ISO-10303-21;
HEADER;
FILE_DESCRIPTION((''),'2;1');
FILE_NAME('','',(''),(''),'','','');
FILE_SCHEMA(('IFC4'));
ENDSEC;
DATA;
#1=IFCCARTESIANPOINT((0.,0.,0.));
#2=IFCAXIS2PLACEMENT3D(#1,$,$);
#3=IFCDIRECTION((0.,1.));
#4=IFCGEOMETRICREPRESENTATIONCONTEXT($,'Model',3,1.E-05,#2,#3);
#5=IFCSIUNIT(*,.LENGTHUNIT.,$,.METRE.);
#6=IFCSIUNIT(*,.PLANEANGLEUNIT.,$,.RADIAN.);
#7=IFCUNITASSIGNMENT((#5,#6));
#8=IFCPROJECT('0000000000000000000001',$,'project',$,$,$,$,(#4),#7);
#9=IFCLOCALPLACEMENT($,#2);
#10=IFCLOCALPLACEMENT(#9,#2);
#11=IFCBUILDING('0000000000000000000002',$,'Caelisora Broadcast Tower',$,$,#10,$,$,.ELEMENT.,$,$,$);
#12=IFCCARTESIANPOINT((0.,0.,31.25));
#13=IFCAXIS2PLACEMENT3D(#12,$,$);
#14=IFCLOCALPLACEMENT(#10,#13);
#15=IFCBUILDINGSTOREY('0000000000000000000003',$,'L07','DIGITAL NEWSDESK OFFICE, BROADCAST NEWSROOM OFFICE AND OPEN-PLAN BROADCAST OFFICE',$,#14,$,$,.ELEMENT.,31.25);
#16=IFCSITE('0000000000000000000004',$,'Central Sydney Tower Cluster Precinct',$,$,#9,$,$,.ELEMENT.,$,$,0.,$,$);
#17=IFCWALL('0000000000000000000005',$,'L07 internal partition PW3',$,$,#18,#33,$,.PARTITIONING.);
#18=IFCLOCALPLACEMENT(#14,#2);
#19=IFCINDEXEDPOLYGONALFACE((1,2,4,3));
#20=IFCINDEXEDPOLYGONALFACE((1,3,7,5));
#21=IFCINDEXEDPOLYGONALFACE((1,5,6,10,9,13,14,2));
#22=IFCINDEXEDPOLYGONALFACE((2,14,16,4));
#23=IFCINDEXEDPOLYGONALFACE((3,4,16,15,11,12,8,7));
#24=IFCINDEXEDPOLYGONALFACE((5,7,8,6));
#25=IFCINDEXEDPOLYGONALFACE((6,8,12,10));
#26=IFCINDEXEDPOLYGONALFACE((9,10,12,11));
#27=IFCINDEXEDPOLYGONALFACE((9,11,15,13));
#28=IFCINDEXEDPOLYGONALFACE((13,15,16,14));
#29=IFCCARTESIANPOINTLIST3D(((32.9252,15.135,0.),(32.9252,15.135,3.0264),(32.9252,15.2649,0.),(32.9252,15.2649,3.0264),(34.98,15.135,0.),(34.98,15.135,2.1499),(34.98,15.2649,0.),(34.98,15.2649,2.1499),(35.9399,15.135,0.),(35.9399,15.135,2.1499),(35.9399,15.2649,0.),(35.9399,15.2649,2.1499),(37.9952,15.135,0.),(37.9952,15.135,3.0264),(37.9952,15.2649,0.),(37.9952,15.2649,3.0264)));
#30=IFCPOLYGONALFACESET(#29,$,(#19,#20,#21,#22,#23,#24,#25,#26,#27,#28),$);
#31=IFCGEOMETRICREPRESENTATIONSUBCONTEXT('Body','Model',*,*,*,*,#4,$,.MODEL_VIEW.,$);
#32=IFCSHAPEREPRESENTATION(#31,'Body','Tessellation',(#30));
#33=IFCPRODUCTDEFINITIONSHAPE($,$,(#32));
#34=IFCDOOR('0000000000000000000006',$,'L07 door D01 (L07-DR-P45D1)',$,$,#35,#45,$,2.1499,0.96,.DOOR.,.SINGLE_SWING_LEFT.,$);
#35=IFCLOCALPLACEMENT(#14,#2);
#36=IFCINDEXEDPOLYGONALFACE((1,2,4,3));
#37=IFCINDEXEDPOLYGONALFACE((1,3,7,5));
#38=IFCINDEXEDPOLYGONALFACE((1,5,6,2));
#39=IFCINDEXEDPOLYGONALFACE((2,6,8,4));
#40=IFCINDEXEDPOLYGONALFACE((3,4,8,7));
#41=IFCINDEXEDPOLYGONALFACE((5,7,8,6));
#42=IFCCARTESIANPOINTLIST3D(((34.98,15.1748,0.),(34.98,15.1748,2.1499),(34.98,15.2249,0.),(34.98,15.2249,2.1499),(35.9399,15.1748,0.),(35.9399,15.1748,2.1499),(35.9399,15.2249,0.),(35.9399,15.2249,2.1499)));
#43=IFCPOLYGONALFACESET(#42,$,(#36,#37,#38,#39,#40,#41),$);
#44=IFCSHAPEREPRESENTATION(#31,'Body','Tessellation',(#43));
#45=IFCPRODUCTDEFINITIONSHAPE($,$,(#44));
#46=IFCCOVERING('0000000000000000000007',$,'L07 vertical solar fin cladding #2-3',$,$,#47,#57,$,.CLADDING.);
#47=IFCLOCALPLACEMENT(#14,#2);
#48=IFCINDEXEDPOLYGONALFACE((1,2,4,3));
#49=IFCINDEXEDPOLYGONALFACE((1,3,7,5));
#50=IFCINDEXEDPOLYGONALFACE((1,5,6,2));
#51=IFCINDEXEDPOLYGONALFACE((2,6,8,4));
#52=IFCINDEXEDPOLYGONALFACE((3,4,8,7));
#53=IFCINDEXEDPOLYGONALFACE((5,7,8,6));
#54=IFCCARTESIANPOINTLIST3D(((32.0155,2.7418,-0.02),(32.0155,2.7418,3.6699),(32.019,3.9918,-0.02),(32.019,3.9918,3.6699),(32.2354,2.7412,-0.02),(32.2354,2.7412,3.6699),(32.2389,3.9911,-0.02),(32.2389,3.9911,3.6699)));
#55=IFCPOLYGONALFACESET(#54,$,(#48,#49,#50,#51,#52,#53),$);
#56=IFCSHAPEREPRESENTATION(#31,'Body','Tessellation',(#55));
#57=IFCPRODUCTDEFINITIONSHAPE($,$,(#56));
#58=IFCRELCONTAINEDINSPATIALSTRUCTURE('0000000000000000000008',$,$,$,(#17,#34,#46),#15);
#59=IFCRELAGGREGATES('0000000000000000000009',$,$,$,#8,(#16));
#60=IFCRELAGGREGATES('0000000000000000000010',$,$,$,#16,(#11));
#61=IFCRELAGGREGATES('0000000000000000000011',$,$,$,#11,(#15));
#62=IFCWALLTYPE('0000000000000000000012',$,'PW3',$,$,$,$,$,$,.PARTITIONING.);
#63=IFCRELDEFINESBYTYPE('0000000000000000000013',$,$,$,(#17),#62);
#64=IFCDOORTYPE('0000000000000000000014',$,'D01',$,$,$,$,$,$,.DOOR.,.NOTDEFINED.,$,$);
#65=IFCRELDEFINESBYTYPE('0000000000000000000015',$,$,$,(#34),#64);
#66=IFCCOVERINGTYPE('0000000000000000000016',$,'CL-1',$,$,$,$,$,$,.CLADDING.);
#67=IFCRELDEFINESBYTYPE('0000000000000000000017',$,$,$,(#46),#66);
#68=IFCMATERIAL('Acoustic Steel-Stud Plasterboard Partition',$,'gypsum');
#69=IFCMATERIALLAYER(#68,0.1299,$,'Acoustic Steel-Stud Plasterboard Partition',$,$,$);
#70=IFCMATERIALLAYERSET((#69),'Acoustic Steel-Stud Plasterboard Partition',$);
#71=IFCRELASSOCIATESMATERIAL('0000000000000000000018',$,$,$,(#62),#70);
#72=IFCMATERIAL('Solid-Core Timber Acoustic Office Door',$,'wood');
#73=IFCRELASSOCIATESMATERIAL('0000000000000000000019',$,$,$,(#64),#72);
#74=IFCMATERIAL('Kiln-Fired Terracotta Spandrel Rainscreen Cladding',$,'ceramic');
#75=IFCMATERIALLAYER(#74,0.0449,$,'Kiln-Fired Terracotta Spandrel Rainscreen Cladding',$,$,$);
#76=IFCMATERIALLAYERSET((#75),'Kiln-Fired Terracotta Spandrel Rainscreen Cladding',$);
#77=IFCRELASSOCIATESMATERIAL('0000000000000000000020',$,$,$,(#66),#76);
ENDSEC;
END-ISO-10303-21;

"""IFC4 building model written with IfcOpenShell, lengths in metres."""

from ifc_helpers import new_model, si_unit, direction, frame, frame_2d, origin, origin_2d, place, context, subcontext, project, spatial, rectangle, extrude, source, transform, mapped, material, layer, layer_set, type_object, type_shapes, element, fill, save


model = new_model("IFC4")

# Units and contexts
model_context = context("Model", 3, precision=1e-05, world=origin(), true_north=direction((0.0, 1.0)))
body_context = subcontext(model_context, "Body", "Model", "MODEL_VIEW")
ifc_project = project(units=[si_unit("LENGTHUNIT", "METRE"), si_unit("PLANEANGLEUNIT", "RADIAN")], contexts=[model_context])

# Site, building, storey
site_placement = place(None, origin())
site = spatial("IfcSite", under=ifc_project, at=site_placement, Name="Central Sydney Tower Cluster Precinct", CompositionType="ELEMENT", RefElevation=0.0)
building_placement = place(site_placement, origin())
building = spatial("IfcBuilding", under=site, at=building_placement, Name="Caelisora Broadcast Tower", CompositionType="ELEMENT")
storey_placement = place(building_placement, frame((0.0, 0.0, 31.25)))
storey = spatial("IfcBuildingStorey", under=building, at=storey_placement, Name="L07", Description="DIGITAL NEWSDESK OFFICE, BROADCAST NEWSROOM OFFICE AND OPEN-PLAN BROADCAST OFFICE", CompositionType="ELEMENT", Elevation=31.25)

# Wall, opening, door
ifc_material_1 = material(Name="Acoustic Steel-Stud Plasterboard Partition", Category="gypsum")
ifc_layer_1 = layer(ifc_material_1, 0.1299, Name="Acoustic Steel-Stud Plasterboard Partition")
ifc_layer_set_1 = layer_set([ifc_layer_1], Name="Acoustic Steel-Stud Plasterboard Partition")
wall_type = type_object("IfcWallType", Name="PW3", PredefinedType="PARTITIONING", material=ifc_layer_set_1)
wall_placement = place(storey_placement, frame((32.925, 15.2, 0.0), z_axis=(0.0, 0.0, 1.0), x_axis=(1.0, 0.0, 0.0)))
wall = element("IfcWall", 1, at=wall_placement, inside=storey, type_object=wall_type, Name="L07 internal partition PW3", PredefinedType="PARTITIONING", context=body_context, shape_type="SweptSolid", body=[
    extrude(rectangle(XDim=5.0701, YDim=0.1299, at=frame_2d((2.5352, 0.0))), origin(), (0.0, 0.0, 1.0), 3.0264),
])
opening_placement = place(wall_placement, frame((2.0549, 0.0, 0.0)))
opening = element("IfcOpeningElement", 2, at=opening_placement, cuts=wall, PredefinedType="OPENING", context=body_context, shape_type="SweptSolid", body=[
    extrude(rectangle(XDim=0.96, YDim=2.1499, at=frame_2d((0.48, 1.075))), frame((0.0, 0.0769, 0.0), z_axis=(0.0, -1.0, 0.0), x_axis=(1.0, 0.0, 0.0)), (0.0, 0.0, 1.0), 0.1538),
])
ifc_material_2 = material(Name="Solid-Core Timber Acoustic Office Door", Category="wood")
door_type = type_object("IfcDoorType", Name="D01", OperationType="NOTDEFINED", PredefinedType="DOOR", material=ifc_material_2)
door_placement = place(opening_placement, origin())
door = element("IfcDoor", 3, at=door_placement, inside=storey, type_object=door_type, Name="L07 door D01 (L07-DR-P45D1)", OperationType="SINGLE_SWING_LEFT", OverallHeight=2.1499, OverallWidth=0.96, PredefinedType="DOOR", context=body_context, shape_type="SweptSolid", body=[
    extrude(rectangle(XDim=0.96, YDim=2.1499, at=frame_2d((0.48, 1.075))), frame((0.0, 0.0249, 0.0), z_axis=(0.0, -1.0, 0.0), x_axis=(1.0, 0.0, 0.0)), (0.0, 0.0, 1.0), 0.05),
])
fill(opening, door)

# Covering
ifc_material_3 = material(Name="Kiln-Fired Terracotta Spandrel Rainscreen Cladding", Category="ceramic")
ifc_layer_2 = layer(ifc_material_3, 0.0449, Name="Kiln-Fired Terracotta Spandrel Rainscreen Cladding")
ifc_layer_set_2 = layer_set([ifc_layer_2], Name="Kiln-Fired Terracotta Spandrel Rainscreen Cladding")
covering_type = type_object("IfcCoveringType", Name="CL-1", PredefinedType="CLADDING", material=ifc_layer_set_2)
shared_shape_1 = source(origin(), body_context, "Body", "SweptSolid", [
    extrude(rectangle(XDim=0.22, YDim=1.25, at=origin_2d()), origin(), (0.0, 0.0, 1.0), 3.6899),
])
type_shapes(covering_type, [shared_shape_1])
covering_placement = place(storey_placement, frame((32.1272, 3.3665, -0.02), z_axis=(0.0, 0.0, 1.0), x_axis=(-0.999996, 0.002793, 0.0)))
element("IfcCovering", 4, at=covering_placement, inside=storey, type_object=covering_type, Name="L07 vertical solar fin cladding #2-3", PredefinedType="CLADDING", context=body_context, shape_type="MappedRepresentation", body=[
    mapped(shared_shape_1, transform((0.0, 0.0, 0.0), scale=1.0)),
])

save(model, "model.ifc")
